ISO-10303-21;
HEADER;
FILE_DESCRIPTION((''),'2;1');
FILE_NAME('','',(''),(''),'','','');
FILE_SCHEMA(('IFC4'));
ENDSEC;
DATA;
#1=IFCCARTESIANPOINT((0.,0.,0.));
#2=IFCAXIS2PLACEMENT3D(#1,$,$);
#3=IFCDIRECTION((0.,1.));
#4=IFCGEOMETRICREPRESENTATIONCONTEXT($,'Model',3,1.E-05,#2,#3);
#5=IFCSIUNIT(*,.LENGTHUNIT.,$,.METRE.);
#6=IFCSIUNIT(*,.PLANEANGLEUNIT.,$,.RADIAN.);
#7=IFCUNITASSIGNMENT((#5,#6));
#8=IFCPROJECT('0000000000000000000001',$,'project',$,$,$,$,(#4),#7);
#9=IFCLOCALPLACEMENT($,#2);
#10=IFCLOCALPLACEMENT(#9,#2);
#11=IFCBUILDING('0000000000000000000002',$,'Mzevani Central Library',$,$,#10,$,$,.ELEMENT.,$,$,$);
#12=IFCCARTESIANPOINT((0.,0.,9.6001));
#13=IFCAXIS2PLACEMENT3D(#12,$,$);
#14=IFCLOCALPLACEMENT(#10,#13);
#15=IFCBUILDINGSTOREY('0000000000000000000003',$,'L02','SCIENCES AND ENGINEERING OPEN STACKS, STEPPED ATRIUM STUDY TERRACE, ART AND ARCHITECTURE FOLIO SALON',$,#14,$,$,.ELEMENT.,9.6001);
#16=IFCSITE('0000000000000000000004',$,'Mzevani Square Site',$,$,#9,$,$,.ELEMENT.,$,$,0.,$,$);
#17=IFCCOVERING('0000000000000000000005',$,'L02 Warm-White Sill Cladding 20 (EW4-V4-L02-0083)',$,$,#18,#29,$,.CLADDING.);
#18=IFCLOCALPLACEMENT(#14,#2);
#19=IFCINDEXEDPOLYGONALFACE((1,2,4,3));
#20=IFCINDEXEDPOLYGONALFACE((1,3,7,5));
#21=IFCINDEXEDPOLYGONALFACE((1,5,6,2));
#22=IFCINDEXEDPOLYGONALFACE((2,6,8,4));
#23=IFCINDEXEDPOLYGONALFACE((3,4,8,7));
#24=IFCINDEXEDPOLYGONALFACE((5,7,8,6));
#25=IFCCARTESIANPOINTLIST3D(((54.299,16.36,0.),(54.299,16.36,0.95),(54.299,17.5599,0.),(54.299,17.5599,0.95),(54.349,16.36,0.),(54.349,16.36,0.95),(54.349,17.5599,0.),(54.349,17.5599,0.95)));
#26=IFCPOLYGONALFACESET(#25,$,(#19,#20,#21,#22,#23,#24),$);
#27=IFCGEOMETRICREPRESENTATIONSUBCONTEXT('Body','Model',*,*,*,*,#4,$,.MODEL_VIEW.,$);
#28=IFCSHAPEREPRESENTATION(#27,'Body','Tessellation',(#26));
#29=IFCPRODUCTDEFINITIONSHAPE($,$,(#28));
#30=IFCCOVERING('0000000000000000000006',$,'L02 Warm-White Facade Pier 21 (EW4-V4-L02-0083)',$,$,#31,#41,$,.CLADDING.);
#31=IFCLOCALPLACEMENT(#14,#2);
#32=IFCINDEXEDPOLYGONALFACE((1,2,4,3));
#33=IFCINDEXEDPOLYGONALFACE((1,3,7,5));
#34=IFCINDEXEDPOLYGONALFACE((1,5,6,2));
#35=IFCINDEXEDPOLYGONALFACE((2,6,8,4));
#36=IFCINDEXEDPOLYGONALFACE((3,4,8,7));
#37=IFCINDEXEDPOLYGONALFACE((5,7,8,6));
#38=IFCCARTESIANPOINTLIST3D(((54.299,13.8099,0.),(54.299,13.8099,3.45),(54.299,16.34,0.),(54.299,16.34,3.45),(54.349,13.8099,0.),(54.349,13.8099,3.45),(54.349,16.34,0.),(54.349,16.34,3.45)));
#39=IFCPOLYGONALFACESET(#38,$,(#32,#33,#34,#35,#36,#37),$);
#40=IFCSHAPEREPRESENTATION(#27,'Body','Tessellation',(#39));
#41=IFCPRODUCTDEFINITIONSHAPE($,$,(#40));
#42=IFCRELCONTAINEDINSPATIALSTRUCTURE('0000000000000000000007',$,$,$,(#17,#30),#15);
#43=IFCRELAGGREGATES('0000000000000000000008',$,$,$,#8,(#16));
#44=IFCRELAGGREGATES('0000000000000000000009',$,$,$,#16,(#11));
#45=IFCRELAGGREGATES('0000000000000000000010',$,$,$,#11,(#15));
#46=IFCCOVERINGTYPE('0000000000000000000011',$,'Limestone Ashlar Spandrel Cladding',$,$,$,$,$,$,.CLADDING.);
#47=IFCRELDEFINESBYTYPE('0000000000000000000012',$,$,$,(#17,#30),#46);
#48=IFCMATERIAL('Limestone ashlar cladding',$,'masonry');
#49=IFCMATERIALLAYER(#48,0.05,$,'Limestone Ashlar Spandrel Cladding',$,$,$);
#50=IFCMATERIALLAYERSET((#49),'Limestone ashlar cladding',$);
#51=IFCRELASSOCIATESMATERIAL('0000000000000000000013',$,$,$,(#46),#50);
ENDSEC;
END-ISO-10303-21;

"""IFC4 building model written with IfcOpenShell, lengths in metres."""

from ifc_helpers import new_model, si_unit, direction, frame, origin, origin_2d, place, context, subcontext, project, spatial, rectangle, extrude, material, layer, layer_set, type_object, element, save


model = new_model("IFC4")

# Units and contexts
model_context = context("Model", 3, precision=1e-05, world=origin(), true_north=direction((0.0, 1.0)))
body_context = subcontext(model_context, "Body", "Model", "MODEL_VIEW")
ifc_project = project(units=[si_unit("LENGTHUNIT", "METRE"), si_unit("PLANEANGLEUNIT", "RADIAN")], contexts=[model_context])

# Site, building, storey
site_placement = place(None, origin())
site = spatial("IfcSite", under=ifc_project, at=site_placement, Name="Mzevani Square Site", CompositionType="ELEMENT", RefElevation=0.0)
building_placement = place(site_placement, origin())
building = spatial("IfcBuilding", under=site, at=building_placement, Name="Mzevani Central Library", CompositionType="ELEMENT")
storey_placement = place(building_placement, frame((0.0, 0.0, 9.6001)))
storey = spatial("IfcBuildingStorey", under=building, at=storey_placement, Name="L02", Description="SCIENCES AND ENGINEERING OPEN STACKS, STEPPED ATRIUM STUDY TERRACE, ART AND ARCHITECTURE FOLIO SALON", CompositionType="ELEMENT", Elevation=9.6001)

# Coverings
ifc_material_1 = material(Name="Limestone ashlar cladding", Category="masonry")
ifc_layer_1 = layer(ifc_material_1, 0.05, Name="Limestone Ashlar Spandrel Cladding")
ifc_layer_set_1 = layer_set([ifc_layer_1], Name="Limestone ashlar cladding")
covering_type = type_object("IfcCoveringType", Name="Limestone Ashlar Spandrel Cladding", PredefinedType="CLADDING", material=ifc_layer_set_1)
covering_1_placement = place(storey_placement, frame((54.324, 16.96, 0.0), z_axis=(0.0, 0.0, 1.0), x_axis=(0.0, -1.0, 0.0)))
element("IfcCovering", 1, at=covering_1_placement, inside=storey, type_object=covering_type, Name="L02 Warm-White Sill Cladding 20 (EW4-V4-L02-0083)", PredefinedType="CLADDING", context=body_context, shape_type="SweptSolid", body=[
    extrude(rectangle(XDim=1.2, YDim=0.05, at=origin_2d()), origin(), (0.0, 0.0, 1.0), 0.95),
])
covering_2_placement = place(storey_placement, frame((54.324, 15.075, 0.0), z_axis=(0.0, 0.0, 1.0), x_axis=(0.0, -1.0, 0.0)))
element("IfcCovering", 2, at=covering_2_placement, inside=storey, type_object=covering_type, Name="L02 Warm-White Facade Pier 21 (EW4-V4-L02-0083)", PredefinedType="CLADDING", context=body_context, shape_type="SweptSolid", body=[
    extrude(rectangle(XDim=2.53, YDim=0.05, at=origin_2d()), origin(), (0.0, 0.0, 1.0), 3.45),
])

save(model, "model.ifc")
